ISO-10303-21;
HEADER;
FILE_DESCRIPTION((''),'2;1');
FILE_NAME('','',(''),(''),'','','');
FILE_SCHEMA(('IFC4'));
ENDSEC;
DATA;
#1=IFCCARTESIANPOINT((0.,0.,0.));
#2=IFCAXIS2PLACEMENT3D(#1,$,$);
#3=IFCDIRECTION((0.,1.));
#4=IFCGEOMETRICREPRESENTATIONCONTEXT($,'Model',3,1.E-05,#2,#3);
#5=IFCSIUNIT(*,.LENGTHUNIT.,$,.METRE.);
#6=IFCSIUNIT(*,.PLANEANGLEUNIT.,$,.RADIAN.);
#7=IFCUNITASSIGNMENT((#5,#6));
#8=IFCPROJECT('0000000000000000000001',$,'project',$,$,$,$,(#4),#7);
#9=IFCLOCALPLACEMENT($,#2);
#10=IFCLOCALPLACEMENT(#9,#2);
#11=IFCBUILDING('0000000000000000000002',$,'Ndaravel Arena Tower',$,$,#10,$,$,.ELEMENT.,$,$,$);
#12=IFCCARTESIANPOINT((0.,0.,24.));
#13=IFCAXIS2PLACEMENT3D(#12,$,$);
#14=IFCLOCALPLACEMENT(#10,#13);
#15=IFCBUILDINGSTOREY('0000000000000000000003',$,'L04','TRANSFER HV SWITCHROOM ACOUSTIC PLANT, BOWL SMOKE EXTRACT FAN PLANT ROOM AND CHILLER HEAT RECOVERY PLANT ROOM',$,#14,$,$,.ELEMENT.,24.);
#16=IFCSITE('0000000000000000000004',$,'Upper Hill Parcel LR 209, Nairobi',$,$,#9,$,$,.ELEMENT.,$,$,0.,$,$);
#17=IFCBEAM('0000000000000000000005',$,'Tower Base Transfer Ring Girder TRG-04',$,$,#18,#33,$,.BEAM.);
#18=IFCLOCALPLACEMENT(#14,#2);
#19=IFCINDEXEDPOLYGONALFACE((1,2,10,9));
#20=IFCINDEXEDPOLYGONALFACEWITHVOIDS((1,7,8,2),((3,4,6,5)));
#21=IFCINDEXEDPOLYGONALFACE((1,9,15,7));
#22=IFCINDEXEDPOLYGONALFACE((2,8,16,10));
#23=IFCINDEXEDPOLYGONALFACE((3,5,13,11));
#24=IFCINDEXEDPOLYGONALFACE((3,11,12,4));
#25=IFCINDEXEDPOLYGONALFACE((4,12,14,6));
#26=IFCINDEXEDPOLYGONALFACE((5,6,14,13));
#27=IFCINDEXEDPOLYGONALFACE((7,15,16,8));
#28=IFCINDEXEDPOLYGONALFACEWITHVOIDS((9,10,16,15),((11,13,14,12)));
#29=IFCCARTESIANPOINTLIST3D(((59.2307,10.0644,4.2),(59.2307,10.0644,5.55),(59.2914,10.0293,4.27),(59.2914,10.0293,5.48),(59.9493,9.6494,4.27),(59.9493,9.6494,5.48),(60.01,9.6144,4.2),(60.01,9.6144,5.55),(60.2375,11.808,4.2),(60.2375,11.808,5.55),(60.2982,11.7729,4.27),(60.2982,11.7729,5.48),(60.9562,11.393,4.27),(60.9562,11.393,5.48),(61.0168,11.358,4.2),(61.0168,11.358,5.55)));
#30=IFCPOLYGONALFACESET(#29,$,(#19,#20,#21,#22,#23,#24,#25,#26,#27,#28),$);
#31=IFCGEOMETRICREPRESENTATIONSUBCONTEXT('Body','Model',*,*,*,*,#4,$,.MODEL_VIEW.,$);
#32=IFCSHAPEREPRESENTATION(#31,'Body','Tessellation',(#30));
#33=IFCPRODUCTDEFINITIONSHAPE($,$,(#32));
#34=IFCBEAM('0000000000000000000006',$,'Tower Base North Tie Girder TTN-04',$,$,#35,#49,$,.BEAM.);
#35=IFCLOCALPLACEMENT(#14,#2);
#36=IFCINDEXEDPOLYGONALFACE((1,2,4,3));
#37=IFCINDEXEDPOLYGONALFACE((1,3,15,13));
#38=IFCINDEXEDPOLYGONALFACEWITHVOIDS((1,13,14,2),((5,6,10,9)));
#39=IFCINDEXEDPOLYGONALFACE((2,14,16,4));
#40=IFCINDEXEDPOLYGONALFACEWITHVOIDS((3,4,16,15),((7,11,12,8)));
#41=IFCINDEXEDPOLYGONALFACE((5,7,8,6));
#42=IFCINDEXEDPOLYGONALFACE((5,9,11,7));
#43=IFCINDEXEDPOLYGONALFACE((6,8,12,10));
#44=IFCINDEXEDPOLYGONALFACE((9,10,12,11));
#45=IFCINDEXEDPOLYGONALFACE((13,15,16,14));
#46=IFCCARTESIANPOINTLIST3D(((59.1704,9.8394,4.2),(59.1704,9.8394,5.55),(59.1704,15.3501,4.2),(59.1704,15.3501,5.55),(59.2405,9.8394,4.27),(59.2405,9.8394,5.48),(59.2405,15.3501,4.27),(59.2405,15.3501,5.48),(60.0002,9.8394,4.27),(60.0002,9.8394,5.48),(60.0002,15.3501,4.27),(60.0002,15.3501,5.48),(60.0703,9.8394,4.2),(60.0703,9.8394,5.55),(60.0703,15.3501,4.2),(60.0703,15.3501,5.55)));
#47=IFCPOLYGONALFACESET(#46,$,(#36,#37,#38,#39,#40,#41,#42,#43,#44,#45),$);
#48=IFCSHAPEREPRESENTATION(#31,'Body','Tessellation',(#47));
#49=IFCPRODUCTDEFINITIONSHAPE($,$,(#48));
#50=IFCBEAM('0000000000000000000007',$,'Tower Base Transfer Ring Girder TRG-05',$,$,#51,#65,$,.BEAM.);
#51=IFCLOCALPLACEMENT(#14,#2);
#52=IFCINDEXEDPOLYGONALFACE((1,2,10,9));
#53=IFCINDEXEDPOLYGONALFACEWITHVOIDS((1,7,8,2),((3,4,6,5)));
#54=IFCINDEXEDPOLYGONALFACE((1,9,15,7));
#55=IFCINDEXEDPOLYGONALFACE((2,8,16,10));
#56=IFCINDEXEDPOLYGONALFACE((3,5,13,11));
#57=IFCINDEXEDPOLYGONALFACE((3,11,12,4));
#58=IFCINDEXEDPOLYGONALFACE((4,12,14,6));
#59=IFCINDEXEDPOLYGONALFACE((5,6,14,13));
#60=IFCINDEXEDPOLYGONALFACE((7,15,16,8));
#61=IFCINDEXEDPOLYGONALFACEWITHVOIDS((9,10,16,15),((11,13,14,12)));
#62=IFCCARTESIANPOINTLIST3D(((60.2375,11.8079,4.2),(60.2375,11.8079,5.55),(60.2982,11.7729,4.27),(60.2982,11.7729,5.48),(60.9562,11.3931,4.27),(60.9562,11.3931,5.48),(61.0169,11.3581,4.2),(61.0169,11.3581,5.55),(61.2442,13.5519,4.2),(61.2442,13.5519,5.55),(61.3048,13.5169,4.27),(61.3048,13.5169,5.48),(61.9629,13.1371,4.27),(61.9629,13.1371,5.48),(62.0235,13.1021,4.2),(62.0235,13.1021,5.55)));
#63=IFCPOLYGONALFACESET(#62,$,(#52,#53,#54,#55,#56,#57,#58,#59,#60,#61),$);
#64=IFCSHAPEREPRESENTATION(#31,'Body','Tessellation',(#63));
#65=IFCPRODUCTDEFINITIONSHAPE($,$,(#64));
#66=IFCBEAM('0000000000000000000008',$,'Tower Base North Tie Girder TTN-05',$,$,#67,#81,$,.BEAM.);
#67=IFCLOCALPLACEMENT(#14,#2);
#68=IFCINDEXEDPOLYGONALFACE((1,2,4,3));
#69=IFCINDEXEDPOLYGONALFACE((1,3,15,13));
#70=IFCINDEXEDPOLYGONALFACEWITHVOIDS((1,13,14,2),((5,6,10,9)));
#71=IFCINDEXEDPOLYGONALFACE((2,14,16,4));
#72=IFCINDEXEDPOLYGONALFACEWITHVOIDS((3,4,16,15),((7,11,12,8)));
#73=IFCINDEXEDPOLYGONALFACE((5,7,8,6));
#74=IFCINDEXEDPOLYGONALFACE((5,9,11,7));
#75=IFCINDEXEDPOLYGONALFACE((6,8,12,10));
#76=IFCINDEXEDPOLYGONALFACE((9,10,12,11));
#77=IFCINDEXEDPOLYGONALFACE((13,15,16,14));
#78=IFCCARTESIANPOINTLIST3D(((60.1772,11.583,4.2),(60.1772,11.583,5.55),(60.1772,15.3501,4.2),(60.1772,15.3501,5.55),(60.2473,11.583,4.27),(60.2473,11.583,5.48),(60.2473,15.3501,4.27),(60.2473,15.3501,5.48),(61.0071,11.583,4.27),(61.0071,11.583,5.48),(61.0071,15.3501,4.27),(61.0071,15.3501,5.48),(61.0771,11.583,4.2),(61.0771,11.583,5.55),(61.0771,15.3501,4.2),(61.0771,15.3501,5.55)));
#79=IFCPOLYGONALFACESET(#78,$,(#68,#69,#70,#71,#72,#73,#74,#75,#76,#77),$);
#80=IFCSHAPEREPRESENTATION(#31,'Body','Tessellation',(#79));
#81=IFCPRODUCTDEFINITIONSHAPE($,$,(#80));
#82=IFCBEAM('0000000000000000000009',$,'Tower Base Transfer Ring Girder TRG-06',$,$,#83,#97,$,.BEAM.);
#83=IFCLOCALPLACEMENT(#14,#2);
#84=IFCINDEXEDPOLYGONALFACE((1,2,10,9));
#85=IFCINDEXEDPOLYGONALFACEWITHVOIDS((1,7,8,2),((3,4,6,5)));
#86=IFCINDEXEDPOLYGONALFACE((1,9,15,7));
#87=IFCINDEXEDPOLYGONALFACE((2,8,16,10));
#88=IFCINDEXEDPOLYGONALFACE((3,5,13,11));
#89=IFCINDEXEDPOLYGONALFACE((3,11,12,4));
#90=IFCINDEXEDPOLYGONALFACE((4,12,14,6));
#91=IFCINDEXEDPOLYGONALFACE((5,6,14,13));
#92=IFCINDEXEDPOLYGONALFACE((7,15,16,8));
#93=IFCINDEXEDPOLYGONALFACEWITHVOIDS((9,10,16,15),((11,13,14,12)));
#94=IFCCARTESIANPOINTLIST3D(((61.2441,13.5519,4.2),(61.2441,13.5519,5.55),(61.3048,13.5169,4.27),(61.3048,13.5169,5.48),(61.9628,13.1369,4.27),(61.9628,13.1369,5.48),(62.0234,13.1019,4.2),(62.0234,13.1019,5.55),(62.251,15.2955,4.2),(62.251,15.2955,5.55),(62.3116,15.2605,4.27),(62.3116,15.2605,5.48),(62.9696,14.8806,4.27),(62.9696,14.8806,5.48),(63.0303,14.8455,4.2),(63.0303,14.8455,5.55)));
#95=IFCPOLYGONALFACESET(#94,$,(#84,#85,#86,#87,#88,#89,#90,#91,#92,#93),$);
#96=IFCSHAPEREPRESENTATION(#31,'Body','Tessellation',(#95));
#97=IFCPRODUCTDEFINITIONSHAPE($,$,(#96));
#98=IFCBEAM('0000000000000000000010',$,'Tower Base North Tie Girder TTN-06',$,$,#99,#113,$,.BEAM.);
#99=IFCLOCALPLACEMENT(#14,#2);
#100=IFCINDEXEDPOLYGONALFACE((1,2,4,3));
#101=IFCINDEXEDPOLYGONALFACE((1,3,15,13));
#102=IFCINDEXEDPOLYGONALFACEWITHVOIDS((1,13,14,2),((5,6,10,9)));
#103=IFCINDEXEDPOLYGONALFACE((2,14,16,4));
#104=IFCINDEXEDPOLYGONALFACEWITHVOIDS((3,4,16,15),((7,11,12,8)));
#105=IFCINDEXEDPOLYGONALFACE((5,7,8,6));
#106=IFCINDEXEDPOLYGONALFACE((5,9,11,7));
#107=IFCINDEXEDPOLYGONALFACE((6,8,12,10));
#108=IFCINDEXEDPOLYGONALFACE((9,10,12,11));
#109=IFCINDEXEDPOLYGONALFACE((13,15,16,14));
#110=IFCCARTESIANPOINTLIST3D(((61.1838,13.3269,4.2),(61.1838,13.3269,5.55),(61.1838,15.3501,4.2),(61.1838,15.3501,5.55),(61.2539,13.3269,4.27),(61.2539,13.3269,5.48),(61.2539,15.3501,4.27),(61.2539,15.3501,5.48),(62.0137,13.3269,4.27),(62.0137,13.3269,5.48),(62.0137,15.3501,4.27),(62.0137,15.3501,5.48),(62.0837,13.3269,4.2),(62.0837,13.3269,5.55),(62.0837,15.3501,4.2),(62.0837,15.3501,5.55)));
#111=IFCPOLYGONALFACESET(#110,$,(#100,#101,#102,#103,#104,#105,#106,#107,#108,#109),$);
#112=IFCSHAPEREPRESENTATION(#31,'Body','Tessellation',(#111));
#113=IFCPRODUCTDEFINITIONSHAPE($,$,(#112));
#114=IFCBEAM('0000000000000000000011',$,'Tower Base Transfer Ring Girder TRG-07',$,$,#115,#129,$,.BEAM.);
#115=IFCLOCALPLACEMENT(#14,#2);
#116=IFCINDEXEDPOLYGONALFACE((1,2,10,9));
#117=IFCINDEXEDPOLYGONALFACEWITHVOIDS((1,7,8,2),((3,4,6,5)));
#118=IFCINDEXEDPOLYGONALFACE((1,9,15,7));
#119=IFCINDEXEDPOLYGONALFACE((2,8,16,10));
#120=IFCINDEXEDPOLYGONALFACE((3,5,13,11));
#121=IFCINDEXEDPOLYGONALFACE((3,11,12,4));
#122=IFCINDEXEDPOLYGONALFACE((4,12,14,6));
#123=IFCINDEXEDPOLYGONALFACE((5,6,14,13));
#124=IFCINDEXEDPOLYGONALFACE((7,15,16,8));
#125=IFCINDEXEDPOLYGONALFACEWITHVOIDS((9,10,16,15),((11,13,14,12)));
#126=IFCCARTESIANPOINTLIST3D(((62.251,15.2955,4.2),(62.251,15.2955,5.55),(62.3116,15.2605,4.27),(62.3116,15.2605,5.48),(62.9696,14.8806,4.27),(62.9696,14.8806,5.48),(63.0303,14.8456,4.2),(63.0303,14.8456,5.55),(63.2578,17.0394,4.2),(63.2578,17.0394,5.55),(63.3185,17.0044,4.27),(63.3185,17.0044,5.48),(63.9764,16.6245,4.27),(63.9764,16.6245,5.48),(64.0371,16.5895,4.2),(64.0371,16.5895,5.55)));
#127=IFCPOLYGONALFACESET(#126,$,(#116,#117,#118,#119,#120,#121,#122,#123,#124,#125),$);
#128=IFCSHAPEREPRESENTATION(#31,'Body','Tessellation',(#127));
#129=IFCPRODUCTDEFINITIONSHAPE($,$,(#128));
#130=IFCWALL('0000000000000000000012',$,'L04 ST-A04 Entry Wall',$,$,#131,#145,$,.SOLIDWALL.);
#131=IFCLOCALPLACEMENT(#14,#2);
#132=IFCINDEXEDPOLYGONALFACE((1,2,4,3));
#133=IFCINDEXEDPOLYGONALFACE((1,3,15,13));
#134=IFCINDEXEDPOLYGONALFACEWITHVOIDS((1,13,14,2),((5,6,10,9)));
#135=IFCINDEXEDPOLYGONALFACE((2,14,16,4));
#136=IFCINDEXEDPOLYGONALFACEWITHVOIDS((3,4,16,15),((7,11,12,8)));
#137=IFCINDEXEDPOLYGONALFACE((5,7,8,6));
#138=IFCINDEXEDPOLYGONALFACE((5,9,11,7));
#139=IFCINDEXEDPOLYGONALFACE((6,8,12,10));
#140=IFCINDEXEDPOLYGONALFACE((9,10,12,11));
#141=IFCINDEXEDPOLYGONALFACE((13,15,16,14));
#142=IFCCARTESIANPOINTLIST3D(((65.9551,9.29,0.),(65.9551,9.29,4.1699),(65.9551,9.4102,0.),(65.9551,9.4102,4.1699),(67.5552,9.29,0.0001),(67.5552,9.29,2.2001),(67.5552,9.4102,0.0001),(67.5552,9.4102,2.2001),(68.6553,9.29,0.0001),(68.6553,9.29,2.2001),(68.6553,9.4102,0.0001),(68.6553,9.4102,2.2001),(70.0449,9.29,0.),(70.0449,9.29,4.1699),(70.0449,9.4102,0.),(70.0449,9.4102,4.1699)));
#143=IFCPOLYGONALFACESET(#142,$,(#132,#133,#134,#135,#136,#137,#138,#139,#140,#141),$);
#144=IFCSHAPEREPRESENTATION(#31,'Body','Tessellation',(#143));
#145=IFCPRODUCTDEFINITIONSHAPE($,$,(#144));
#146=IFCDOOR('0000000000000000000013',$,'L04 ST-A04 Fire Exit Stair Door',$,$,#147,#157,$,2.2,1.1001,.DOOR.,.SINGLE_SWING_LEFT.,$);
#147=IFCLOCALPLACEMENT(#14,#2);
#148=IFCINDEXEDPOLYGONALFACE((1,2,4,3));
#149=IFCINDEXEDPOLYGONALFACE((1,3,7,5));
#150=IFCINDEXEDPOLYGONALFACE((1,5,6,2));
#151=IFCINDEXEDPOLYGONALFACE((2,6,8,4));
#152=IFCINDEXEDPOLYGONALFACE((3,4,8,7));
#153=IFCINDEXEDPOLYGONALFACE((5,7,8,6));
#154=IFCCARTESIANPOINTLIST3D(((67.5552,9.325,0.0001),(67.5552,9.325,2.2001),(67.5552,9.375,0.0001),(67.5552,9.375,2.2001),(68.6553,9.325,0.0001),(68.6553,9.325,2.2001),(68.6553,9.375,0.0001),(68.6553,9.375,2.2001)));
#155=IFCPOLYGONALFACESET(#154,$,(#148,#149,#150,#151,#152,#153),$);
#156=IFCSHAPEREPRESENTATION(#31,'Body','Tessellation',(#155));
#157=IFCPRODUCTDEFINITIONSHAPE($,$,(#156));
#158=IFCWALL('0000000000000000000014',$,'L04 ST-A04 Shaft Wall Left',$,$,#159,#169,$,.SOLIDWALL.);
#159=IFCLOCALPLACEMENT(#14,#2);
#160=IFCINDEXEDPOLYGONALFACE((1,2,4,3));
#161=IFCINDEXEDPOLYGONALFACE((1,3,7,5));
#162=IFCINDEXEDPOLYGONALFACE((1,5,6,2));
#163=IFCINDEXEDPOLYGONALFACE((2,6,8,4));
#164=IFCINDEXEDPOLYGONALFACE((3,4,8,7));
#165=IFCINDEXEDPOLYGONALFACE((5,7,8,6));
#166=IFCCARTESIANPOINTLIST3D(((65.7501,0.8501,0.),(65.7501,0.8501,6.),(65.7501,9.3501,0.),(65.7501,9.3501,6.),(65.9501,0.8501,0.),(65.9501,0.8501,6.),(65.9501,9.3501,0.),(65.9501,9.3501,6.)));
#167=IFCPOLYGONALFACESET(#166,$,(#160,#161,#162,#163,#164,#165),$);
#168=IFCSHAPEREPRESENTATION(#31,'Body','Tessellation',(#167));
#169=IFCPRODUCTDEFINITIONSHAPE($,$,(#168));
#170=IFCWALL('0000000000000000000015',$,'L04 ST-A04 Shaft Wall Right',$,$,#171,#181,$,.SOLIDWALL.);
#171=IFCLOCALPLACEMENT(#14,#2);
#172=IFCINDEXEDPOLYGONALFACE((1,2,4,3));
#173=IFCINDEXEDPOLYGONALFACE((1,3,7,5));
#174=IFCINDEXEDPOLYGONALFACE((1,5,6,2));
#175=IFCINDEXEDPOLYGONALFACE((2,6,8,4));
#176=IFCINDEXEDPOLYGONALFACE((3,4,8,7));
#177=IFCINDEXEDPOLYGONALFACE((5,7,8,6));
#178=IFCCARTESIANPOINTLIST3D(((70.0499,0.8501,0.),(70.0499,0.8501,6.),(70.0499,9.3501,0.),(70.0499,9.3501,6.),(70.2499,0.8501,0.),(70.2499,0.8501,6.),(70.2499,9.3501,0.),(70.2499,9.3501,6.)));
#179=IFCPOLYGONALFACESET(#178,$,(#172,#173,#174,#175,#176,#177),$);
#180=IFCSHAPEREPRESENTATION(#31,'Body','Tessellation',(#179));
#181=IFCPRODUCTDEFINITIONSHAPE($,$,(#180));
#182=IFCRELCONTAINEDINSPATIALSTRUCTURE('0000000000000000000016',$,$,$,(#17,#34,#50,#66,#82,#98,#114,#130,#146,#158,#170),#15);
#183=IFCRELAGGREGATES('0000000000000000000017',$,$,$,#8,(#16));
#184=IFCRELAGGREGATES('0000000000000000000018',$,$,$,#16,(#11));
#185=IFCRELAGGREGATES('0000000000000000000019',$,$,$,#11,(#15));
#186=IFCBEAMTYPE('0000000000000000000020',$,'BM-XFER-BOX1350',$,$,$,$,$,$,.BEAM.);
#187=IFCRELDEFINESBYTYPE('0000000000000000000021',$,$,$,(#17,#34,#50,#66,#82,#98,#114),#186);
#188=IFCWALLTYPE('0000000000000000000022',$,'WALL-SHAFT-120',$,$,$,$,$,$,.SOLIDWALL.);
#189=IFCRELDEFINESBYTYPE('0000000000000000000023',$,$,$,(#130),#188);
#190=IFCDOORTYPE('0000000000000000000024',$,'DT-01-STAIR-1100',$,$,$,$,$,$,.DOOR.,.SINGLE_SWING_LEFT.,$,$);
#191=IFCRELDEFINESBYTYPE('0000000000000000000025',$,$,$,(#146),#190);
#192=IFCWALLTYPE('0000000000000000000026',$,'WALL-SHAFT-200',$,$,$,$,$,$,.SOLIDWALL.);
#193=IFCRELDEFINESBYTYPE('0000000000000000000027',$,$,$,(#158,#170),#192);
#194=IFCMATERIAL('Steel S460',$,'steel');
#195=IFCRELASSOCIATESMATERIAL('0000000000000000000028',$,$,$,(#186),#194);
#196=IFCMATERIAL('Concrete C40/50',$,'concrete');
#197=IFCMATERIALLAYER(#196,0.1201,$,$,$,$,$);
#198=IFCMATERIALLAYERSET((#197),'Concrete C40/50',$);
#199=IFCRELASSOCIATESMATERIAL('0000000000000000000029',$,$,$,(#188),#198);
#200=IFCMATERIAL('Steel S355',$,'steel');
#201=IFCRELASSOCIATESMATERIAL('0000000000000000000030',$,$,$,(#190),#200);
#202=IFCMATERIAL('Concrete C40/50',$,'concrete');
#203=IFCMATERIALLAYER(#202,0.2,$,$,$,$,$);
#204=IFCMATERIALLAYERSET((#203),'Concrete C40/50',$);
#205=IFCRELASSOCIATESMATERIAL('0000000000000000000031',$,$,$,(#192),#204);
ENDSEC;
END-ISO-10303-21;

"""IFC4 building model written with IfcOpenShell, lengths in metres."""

from ifc_helpers import new_model, si_unit, direction, frame, frame_2d, origin, origin_2d, place, context, subcontext, project, spatial, rectangle, hollow_rectangle, extrude, material, layer, layer_set, material_profile, profile_set, type_object, element, fill, save


model = new_model("IFC4")

# Units and contexts
model_context = context("Model", 3, precision=1e-05, world=origin(), true_north=direction((0.0, 1.0)))
body_context = subcontext(model_context, "Body", "Model", "MODEL_VIEW")
ifc_project = project(units=[si_unit("LENGTHUNIT", "METRE"), si_unit("PLANEANGLEUNIT", "RADIAN")], contexts=[model_context])

# Site, building, storey
site_placement = place(None, origin())
site = spatial("IfcSite", under=ifc_project, at=site_placement, Name="Upper Hill Parcel LR 209, Nairobi", CompositionType="ELEMENT", RefElevation=0.0)
building_placement = place(site_placement, origin())
building = spatial("IfcBuilding", under=site, at=building_placement, Name="Ndaravel Arena Tower", CompositionType="ELEMENT")
storey_placement = place(building_placement, frame((0.0, 0.0, 24.0)))
storey = spatial("IfcBuildingStorey", under=building, at=storey_placement, Name="L04", Description="TRANSFER HV SWITCHROOM ACOUSTIC PLANT, BOWL SMOKE EXTRACT FAN PLANT ROOM AND CHILLER HEAT RECOVERY PLANT ROOM", CompositionType="ELEMENT", Elevation=24.0)

# Beams
ifc_material_1 = material(Name="Steel S460", Category="steel")
ifc_material_profile = material_profile(ifc_material_1, hollow_rectangle(XDim=0.8999, YDim=1.3501, WallThickness=0.0701, at=origin_2d()), Name="BOX 1350x900x70")
ifc_profile_set = profile_set([ifc_material_profile], Name="Steel S460")
beam_type = type_object("IfcBeamType", Name="BM-XFER-BOX1350", PredefinedType="BEAM", material=ifc_profile_set)
beam_1_placement = place(storey_placement, frame((59.6204, 9.8394, 4.875), z_axis=(0.500051, 0.865996, 0.0), x_axis=(-0.865996, 0.500051, 0.0)))
element("IfcBeam", 1, at=beam_1_placement, inside=storey, type_object=beam_type, Name="Tower Base Transfer Ring Girder TRG-04", PredefinedType="BEAM", context=body_context, shape_type="SweptSolid", body=[
    extrude(hollow_rectangle(XDim=0.8999, YDim=1.3501, WallThickness=0.0701, at=origin_2d()), origin(), (0.0, 0.0, 1.0), 2.0134),
])
beam_2_placement = place(storey_placement, frame((59.6204, 9.8394, 4.875), z_axis=(0.0, 1.0, 0.0), x_axis=(-1.0, 0.0, 0.0)))
element("IfcBeam", 2, at=beam_2_placement, inside=storey, type_object=beam_type, Name="Tower Base North Tie Girder TTN-04", PredefinedType="BEAM", context=body_context, shape_type="SweptSolid", body=[
    extrude(hollow_rectangle(XDim=0.8999, YDim=1.3501, WallThickness=0.0701, at=origin_2d()), origin(), (0.0, 0.0, 1.0), 5.5107),
])
beam_3_placement = place(storey_placement, frame((60.6272, 11.583, 4.875), z_axis=(0.499908, 0.866079, 0.0), x_axis=(-0.866079, 0.499908, 0.0)))
element("IfcBeam", 3, at=beam_3_placement, inside=storey, type_object=beam_type, Name="Tower Base Transfer Ring Girder TRG-05", PredefinedType="BEAM", context=body_context, shape_type="SweptSolid", body=[
    extrude(hollow_rectangle(XDim=0.8999, YDim=1.3501, WallThickness=0.0701, at=origin_2d()), origin(), (0.0, 0.0, 1.0), 2.0137),
])
beam_4_placement = place(storey_placement, frame((60.6272, 11.583, 4.875), z_axis=(0.0, 1.0, 0.0), x_axis=(-1.0, 0.0, 0.0)))
element("IfcBeam", 4, at=beam_4_placement, inside=storey, type_object=beam_type, Name="Tower Base North Tie Girder TTN-05", PredefinedType="BEAM", context=body_context, shape_type="SweptSolid", body=[
    extrude(hollow_rectangle(XDim=0.8999, YDim=1.3501, WallThickness=0.0701, at=origin_2d()), origin(), (0.0, 0.0, 1.0), 3.7671),
])
beam_5_placement = place(storey_placement, frame((61.6338, 13.3269, 4.875), z_axis=(0.500051, 0.865996, 0.0), x_axis=(-0.865996, 0.500051, 0.0)))
element("IfcBeam", 5, at=beam_5_placement, inside=storey, type_object=beam_type, Name="Tower Base Transfer Ring Girder TRG-06", PredefinedType="BEAM", context=body_context, shape_type="SweptSolid", body=[
    extrude(hollow_rectangle(XDim=0.8999, YDim=1.3501, WallThickness=0.0701, at=origin_2d()), origin(), (0.0, 0.0, 1.0), 2.0134),
])
beam_6_placement = place(storey_placement, frame((61.6338, 13.3269, 4.875), z_axis=(0.0, 1.0, 0.0), x_axis=(-1.0, 0.0, 0.0)))
element("IfcBeam", 6, at=beam_6_placement, inside=storey, type_object=beam_type, Name="Tower Base North Tie Girder TTN-06", PredefinedType="BEAM", context=body_context, shape_type="SweptSolid", body=[
    extrude(hollow_rectangle(XDim=0.8999, YDim=1.3501, WallThickness=0.0701, at=origin_2d()), origin(), (0.0, 0.0, 1.0), 2.0232),
])
beam_7_placement = place(storey_placement, frame((62.6406, 15.0706, 4.875), z_axis=(0.499999, 0.866026, 0.0), x_axis=(-0.866026, 0.499999, 0.0)))
element("IfcBeam", 7, at=beam_7_placement, inside=storey, type_object=beam_type, Name="Tower Base Transfer Ring Girder TRG-07", PredefinedType="BEAM", context=body_context, shape_type="SweptSolid", body=[
    extrude(hollow_rectangle(XDim=0.8999, YDim=1.3501, WallThickness=0.0701, at=origin_2d()), origin(), (0.0, 0.0, 1.0), 2.0137),
])

# Wall, opening, door
ifc_material_2 = material(Name="Concrete C40/50", Category="concrete")
ifc_layer_1 = layer(ifc_material_2, 0.1201)
ifc_layer_set_1 = layer_set([ifc_layer_1], Name="Concrete C40/50")
wall_type_1 = type_object("IfcWallType", Name="WALL-SHAFT-120", PredefinedType="SOLIDWALL", material=ifc_layer_set_1)
wall_1_placement = place(storey_placement, frame((65.9551, 9.3501, 0.0), z_axis=(0.0, 0.0, 1.0), x_axis=(1.0, 0.0, 0.0)))
wall_1 = element("IfcWall", 8, at=wall_1_placement, inside=storey, type_object=wall_type_1, Name="L04 ST-A04 Entry Wall", PredefinedType="SOLIDWALL", context=body_context, shape_type="SweptSolid", body=[
    extrude(rectangle(XDim=4.0898, YDim=0.1201, at=frame_2d((2.0449, 0.0))), origin(), (0.0, 0.0, 1.0), 4.1699),
])
opening_placement = place(wall_1_placement, frame((1.6001, 0.0, 0.0)))
opening = element("IfcOpeningElement", 9, at=opening_placement, cuts=wall_1, PredefinedType="OPENING", context=body_context, shape_type="SweptSolid", body=[
    extrude(rectangle(XDim=1.1001, YDim=2.2, at=frame_2d((0.55, 1.1001))), frame((0.0, 0.0601, 0.0), z_axis=(0.0, -1.0, 0.0), x_axis=(1.0, 0.0, 0.0)), (0.0, 0.0, 1.0), 0.1201),
])
ifc_material_3 = material(Name="Steel S355", Category="steel")
door_type = type_object("IfcDoorType", Name="DT-01-STAIR-1100", OperationType="SINGLE_SWING_LEFT", PredefinedType="DOOR", material=ifc_material_3)
door_placement = place(opening_placement, origin())
door = element("IfcDoor", 10, at=door_placement, inside=storey, type_object=door_type, Name="L04 ST-A04 Fire Exit Stair Door", OperationType="SINGLE_SWING_LEFT", OverallHeight=2.2, OverallWidth=1.1001, PredefinedType="DOOR", context=body_context, shape_type="SweptSolid", body=[
    extrude(rectangle(XDim=1.1001, YDim=2.2, at=frame_2d((0.55, 1.1001))), frame((0.0, 0.0249, 0.0), z_axis=(0.0, -1.0, 0.0), x_axis=(1.0, 0.0, 0.0)), (0.0, 0.0, 1.0), 0.05),
])
fill(opening, door)

# Walls
ifc_material_4 = material(Name="Concrete C40/50", Category="concrete")
ifc_layer_2 = layer(ifc_material_4, 0.2)
ifc_layer_set_2 = layer_set([ifc_layer_2], Name="Concrete C40/50")
wall_type_2 = type_object("IfcWallType", Name="WALL-SHAFT-200", PredefinedType="SOLIDWALL", material=ifc_layer_set_2)
for number, where, z_axis, x_axis, name in (
    (11, (65.8501, 9.3501, 0.0), (0.0, 0.0, 1.0), (0.0, -1.0, 0.0), "L04 ST-A04 Shaft Wall Left"),
    (12, (70.1499, 9.3501, 0.0), (0.0, 0.0, 1.0), (0.0, -1.0, 0.0), "L04 ST-A04 Shaft Wall Right"),
):
    element("IfcWall", number, at=place(storey_placement, frame(where, z_axis=z_axis, x_axis=x_axis)), inside=storey, type_object=wall_type_2, Name=name, PredefinedType="SOLIDWALL", context=body_context, shape_type="SweptSolid", body=[
        extrude(rectangle(XDim=8.5, YDim=0.2, at=frame_2d((4.25, 0.0))), origin(), (0.0, 0.0, 1.0), 6.0),
    ])

save(model, "model.ifc")
